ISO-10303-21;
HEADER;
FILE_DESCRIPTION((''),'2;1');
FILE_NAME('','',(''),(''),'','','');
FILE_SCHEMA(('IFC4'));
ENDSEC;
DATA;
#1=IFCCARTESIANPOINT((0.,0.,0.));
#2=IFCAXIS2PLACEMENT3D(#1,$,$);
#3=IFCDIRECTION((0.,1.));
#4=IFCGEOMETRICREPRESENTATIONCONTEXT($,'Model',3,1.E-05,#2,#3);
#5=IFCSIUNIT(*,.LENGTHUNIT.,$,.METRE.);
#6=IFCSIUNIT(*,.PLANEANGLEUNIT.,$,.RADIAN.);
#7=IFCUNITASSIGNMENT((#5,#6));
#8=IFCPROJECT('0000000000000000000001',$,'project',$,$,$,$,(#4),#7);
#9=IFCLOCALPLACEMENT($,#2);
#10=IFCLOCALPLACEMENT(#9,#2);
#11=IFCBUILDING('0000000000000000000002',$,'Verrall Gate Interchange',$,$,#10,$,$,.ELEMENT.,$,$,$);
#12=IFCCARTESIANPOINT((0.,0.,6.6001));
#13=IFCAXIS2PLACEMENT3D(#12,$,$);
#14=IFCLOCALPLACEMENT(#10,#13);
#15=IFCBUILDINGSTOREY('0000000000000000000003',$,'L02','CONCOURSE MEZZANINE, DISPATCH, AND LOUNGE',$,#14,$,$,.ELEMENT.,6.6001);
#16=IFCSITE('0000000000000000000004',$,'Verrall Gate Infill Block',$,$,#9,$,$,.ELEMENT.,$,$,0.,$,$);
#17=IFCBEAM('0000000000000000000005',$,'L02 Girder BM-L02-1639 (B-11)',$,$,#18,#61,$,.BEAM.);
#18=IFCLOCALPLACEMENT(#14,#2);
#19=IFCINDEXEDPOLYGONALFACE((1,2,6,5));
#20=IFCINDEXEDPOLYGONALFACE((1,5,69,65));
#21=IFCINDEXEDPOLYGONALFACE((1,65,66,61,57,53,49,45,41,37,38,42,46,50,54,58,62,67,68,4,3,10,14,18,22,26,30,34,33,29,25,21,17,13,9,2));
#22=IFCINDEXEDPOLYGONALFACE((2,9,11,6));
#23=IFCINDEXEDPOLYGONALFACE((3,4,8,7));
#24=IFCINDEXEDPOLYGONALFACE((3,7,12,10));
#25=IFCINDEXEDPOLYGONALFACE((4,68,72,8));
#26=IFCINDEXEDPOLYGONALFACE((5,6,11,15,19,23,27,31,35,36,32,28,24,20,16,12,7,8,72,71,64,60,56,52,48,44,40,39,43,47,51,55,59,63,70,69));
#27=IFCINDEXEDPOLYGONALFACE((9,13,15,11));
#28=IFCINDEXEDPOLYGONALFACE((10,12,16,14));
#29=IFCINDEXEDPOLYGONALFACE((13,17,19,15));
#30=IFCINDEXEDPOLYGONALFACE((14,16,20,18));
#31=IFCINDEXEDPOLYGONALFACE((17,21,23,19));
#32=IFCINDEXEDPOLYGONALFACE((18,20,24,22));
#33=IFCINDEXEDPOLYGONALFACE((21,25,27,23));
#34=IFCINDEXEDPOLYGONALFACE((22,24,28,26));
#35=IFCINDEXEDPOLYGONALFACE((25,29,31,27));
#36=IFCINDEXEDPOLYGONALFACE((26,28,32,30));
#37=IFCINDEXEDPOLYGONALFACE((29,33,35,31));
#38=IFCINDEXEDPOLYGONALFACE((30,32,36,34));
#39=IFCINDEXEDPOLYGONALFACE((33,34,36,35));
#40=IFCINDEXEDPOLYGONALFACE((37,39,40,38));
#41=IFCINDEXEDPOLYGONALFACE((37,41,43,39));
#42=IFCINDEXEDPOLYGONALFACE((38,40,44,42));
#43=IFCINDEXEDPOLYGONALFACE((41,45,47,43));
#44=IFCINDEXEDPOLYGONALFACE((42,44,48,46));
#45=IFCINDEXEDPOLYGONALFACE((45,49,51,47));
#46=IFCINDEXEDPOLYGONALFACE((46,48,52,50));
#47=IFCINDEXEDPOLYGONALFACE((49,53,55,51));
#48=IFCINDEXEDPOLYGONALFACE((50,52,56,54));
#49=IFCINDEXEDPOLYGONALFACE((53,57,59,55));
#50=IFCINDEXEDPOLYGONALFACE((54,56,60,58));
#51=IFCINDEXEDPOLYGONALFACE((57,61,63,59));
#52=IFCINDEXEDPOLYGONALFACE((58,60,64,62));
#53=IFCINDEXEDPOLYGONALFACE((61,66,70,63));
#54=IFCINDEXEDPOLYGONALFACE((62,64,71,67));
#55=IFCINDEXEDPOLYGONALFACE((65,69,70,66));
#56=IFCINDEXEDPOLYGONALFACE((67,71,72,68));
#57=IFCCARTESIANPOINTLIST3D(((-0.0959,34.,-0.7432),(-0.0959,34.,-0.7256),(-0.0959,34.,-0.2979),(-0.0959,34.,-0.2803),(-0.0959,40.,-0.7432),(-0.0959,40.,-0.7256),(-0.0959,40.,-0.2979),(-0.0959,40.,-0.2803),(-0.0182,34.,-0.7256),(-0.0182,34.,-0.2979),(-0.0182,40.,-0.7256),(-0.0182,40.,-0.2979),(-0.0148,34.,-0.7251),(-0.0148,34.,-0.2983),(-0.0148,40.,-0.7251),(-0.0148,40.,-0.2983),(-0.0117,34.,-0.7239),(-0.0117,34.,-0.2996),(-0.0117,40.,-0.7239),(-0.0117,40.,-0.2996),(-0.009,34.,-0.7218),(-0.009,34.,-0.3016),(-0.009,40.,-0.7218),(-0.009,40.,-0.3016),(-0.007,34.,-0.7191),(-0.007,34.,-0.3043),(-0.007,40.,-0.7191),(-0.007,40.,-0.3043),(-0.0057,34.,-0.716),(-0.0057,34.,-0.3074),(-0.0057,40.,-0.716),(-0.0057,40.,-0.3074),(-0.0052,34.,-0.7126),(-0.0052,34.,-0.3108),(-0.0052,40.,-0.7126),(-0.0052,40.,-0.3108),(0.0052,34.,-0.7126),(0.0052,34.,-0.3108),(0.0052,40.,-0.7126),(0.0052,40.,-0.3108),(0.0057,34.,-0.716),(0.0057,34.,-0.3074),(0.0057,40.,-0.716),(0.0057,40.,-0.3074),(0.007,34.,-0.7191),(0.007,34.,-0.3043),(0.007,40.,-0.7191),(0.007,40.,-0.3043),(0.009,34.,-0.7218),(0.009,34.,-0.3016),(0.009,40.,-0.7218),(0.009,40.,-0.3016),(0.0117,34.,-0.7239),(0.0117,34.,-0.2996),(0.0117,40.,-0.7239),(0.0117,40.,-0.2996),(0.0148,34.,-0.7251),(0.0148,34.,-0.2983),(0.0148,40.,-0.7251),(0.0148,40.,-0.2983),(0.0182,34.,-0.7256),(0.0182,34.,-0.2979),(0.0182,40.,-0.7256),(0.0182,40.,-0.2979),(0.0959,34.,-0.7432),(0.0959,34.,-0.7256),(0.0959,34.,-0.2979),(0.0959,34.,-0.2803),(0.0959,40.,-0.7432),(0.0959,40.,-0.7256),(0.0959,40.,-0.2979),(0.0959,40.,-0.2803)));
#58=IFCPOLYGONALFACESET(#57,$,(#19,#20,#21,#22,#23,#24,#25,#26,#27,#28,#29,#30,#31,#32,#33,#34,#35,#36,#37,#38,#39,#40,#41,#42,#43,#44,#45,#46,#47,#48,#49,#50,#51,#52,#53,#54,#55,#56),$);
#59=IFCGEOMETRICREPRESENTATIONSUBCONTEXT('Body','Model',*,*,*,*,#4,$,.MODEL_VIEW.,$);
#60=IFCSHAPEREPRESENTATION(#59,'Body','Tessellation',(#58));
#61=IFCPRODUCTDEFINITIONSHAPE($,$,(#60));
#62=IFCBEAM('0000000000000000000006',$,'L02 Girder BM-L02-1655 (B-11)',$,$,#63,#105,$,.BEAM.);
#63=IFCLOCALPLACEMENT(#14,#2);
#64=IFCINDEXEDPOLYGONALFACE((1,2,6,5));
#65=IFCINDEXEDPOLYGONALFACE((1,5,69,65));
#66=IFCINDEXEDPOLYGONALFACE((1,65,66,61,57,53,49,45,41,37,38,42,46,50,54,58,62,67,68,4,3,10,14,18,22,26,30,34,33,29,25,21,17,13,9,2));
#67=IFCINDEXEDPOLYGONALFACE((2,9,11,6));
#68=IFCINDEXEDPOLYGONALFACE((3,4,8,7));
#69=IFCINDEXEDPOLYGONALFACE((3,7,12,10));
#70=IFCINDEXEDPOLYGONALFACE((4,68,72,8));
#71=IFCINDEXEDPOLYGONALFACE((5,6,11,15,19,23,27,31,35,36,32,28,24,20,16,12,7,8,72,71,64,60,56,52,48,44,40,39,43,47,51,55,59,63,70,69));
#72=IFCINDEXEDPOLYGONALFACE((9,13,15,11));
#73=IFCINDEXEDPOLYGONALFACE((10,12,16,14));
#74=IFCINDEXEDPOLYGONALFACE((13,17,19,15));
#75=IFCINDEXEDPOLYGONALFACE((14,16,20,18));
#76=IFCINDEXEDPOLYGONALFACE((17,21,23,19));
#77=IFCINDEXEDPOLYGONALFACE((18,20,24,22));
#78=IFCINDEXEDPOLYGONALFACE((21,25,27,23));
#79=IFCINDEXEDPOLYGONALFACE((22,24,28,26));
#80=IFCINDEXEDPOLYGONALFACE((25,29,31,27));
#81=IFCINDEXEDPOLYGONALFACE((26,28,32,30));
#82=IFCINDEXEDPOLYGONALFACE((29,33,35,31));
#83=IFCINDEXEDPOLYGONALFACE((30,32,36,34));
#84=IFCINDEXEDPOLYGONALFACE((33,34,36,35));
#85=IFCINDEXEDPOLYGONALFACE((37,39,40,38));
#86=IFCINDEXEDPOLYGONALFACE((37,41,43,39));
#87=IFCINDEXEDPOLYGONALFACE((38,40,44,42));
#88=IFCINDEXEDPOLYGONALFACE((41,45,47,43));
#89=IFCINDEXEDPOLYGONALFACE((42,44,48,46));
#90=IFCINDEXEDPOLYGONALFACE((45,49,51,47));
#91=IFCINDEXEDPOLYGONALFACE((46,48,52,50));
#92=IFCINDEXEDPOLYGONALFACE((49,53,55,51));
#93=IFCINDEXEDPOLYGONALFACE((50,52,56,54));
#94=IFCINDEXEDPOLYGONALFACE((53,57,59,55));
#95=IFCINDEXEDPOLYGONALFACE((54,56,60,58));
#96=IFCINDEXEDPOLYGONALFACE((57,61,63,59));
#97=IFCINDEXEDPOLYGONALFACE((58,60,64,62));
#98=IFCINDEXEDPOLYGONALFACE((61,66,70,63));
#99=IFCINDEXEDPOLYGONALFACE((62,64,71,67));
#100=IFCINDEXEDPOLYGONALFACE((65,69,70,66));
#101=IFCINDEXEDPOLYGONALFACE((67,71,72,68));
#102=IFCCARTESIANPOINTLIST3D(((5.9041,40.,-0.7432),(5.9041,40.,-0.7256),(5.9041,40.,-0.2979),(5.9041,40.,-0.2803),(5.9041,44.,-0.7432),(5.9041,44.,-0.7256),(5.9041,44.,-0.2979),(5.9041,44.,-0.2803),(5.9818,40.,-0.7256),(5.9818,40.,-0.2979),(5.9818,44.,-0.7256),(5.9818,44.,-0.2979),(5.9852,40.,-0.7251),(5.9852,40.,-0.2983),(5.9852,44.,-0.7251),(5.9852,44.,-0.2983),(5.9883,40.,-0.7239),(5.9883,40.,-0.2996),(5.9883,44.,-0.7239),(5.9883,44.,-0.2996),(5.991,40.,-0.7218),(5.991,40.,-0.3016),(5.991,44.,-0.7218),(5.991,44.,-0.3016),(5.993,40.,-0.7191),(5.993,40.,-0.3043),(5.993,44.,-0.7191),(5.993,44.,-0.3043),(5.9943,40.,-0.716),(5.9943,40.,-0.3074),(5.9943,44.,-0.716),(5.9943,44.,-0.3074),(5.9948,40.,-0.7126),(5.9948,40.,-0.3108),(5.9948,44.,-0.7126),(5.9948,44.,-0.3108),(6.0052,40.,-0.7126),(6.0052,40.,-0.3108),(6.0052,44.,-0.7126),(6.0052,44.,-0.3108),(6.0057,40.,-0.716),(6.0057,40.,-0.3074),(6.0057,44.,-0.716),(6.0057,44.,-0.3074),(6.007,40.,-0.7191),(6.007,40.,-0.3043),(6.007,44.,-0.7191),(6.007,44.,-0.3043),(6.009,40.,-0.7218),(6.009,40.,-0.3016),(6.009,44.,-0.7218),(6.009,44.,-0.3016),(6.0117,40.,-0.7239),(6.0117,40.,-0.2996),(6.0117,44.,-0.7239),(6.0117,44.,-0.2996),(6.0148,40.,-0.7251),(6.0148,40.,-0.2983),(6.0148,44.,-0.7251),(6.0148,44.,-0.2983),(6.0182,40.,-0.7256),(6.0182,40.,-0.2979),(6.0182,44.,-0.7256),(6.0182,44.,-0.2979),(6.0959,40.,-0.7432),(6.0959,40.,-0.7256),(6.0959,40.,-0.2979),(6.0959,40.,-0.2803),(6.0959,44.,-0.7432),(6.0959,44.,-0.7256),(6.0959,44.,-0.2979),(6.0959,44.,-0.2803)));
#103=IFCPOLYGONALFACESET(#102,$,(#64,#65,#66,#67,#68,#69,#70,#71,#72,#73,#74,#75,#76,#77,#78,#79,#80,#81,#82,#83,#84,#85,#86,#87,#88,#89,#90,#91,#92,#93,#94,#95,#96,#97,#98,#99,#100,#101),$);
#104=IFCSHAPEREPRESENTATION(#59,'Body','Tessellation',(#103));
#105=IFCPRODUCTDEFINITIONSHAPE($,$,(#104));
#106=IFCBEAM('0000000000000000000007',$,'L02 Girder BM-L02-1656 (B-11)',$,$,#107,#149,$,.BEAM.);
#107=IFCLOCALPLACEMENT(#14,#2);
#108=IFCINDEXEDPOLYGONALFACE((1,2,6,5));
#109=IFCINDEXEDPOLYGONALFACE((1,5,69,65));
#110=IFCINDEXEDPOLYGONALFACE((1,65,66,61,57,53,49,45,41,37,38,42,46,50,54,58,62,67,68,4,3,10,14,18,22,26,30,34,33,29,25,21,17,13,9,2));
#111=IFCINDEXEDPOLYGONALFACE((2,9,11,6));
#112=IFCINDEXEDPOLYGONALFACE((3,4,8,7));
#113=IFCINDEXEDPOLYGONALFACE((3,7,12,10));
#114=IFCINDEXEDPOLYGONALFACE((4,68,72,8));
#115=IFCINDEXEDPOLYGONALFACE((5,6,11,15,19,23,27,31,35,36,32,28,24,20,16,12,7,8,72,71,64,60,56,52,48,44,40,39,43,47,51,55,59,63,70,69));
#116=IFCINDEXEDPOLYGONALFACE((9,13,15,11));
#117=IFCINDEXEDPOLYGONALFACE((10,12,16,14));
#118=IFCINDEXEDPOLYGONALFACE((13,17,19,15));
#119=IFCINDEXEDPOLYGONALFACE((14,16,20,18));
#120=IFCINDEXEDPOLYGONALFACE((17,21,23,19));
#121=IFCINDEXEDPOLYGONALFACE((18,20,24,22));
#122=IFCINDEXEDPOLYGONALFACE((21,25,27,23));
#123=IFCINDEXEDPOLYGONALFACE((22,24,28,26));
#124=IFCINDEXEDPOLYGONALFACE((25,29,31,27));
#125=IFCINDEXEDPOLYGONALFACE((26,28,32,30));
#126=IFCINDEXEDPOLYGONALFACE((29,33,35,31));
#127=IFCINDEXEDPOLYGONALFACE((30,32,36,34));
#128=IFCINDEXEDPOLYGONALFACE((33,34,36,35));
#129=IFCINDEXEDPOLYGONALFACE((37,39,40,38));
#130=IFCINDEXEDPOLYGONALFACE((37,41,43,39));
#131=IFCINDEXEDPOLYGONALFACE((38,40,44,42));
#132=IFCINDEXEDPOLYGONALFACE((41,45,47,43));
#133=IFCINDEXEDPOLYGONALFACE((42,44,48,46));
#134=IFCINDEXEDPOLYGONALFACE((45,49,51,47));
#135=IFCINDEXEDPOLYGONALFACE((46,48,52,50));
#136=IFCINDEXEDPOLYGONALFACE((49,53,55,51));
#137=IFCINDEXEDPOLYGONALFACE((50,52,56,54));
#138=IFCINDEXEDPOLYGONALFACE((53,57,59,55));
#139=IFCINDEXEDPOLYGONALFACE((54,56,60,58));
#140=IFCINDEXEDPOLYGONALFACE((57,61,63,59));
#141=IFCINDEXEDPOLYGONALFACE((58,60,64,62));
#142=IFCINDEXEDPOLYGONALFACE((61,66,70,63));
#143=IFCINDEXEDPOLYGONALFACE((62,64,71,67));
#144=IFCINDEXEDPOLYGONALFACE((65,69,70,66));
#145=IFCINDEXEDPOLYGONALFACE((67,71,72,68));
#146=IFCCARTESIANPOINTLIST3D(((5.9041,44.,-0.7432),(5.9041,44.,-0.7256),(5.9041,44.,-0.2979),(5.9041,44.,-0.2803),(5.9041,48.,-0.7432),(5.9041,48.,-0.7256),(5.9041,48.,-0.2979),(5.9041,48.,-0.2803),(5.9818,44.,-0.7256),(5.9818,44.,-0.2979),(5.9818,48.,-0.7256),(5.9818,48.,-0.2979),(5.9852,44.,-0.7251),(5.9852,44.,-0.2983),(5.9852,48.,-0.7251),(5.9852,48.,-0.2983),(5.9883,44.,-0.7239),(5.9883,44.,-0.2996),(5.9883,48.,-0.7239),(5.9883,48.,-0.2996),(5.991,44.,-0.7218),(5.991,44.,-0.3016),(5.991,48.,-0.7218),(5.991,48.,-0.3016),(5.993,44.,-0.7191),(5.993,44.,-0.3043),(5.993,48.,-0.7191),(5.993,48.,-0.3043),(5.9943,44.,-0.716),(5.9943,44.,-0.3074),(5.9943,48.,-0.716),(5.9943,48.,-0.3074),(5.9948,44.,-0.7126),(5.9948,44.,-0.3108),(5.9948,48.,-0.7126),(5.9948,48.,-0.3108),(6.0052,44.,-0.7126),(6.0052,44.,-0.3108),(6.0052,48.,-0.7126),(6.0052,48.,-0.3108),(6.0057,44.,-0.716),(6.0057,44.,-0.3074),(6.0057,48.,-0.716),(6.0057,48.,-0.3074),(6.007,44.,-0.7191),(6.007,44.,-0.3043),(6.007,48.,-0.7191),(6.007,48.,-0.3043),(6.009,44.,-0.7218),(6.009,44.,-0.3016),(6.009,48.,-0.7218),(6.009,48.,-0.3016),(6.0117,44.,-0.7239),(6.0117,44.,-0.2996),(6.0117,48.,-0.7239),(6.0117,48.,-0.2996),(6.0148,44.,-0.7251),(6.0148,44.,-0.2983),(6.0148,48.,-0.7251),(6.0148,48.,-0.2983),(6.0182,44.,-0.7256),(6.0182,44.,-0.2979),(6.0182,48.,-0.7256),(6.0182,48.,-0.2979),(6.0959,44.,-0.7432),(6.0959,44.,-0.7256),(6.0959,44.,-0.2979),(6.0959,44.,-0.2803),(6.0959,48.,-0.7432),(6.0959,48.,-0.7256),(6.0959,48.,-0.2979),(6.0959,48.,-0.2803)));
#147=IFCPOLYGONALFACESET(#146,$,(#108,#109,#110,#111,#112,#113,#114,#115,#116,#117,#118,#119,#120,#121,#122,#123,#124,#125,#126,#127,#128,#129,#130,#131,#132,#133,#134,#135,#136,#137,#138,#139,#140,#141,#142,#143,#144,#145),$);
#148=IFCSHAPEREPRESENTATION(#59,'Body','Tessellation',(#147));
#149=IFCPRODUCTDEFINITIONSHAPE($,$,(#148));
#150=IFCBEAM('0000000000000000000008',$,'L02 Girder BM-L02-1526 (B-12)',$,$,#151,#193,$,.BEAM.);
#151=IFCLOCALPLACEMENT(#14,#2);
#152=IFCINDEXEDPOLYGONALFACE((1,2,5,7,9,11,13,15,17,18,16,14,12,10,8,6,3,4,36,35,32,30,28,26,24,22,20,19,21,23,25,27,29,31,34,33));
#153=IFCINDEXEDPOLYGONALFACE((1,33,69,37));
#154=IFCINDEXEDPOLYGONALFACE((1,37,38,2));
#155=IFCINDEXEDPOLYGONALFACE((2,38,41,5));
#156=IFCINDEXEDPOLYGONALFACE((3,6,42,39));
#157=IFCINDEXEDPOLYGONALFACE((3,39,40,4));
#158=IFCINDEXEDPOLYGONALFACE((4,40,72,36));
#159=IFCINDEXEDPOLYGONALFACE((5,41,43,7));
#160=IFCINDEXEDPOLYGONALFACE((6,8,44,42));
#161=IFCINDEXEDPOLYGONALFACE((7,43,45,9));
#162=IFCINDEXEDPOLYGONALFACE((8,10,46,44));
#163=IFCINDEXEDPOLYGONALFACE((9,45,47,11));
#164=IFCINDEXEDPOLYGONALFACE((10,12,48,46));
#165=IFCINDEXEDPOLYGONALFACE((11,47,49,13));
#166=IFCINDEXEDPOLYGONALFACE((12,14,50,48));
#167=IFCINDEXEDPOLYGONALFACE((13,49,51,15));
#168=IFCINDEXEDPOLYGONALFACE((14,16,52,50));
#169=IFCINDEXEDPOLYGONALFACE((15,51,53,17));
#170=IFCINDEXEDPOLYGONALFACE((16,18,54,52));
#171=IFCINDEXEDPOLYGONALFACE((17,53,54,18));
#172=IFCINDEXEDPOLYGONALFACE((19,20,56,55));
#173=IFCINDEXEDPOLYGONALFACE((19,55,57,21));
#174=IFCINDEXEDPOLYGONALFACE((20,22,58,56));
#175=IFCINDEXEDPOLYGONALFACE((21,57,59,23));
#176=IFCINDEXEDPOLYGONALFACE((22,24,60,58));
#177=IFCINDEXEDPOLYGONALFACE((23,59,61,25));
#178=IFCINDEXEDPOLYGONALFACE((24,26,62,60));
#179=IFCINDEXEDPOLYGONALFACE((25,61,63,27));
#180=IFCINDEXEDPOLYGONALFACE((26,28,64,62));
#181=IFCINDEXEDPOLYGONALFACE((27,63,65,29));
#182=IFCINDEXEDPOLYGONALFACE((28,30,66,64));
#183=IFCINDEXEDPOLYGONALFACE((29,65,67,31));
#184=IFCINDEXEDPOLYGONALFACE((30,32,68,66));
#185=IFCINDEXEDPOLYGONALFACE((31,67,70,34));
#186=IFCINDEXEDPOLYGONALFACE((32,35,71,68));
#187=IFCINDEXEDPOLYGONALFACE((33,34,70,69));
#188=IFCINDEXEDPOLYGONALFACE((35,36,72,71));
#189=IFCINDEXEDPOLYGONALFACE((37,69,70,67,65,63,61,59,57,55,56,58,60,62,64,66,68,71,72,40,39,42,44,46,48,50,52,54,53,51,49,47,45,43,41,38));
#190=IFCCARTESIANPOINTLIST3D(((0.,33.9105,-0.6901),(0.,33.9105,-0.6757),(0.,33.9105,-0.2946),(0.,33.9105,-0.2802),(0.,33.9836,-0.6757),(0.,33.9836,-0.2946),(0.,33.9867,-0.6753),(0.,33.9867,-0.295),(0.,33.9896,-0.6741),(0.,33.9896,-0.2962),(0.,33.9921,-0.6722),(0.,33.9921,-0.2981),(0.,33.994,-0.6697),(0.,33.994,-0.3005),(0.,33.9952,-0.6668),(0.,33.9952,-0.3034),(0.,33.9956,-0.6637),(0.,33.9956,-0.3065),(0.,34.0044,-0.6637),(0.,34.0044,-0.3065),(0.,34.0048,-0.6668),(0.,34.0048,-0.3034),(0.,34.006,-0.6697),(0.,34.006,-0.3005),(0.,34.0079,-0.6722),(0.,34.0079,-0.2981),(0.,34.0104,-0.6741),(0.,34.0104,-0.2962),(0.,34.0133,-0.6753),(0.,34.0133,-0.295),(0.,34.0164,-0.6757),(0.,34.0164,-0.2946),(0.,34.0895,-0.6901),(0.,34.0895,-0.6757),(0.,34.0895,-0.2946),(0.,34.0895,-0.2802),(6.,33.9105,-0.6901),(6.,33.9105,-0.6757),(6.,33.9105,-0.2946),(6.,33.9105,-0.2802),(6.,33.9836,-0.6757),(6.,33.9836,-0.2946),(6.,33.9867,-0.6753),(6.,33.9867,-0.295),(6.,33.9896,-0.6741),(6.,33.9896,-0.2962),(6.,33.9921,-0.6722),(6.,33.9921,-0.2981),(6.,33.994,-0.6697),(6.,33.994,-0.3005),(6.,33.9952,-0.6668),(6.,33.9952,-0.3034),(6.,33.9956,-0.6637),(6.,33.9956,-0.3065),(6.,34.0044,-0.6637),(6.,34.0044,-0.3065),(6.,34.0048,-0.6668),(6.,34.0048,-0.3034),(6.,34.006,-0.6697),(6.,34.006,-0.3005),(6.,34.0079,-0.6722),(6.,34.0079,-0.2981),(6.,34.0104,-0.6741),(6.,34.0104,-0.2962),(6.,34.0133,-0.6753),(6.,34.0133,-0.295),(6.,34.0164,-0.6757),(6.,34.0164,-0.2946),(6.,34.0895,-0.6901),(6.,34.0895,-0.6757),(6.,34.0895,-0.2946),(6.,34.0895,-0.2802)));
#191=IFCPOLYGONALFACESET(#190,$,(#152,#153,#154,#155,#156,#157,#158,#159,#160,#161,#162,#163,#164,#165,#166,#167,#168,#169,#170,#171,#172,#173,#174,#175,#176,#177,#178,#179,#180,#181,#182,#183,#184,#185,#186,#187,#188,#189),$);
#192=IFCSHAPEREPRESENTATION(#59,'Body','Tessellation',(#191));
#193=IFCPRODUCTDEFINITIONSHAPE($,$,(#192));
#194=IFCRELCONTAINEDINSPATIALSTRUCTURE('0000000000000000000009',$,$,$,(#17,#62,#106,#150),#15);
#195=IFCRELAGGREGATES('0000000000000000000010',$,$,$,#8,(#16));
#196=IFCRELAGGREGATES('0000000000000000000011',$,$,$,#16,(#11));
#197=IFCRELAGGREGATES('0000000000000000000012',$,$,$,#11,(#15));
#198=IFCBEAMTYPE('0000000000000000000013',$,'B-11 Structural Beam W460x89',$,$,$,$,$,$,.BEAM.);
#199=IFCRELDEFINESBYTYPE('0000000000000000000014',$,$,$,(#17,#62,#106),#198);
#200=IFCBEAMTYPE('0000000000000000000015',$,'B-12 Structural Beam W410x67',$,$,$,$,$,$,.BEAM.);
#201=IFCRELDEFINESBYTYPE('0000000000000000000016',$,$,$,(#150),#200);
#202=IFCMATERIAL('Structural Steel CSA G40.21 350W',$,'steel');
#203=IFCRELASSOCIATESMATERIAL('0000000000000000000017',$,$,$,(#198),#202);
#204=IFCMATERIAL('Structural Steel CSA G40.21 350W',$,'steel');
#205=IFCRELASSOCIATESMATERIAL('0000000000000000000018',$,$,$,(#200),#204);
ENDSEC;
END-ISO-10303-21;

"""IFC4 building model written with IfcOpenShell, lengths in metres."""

from ifc_helpers import new_model, si_unit, direction, frame, origin, origin_2d, place, context, subcontext, project, spatial, i_section, extrude, material, material_profile, profile_set, type_object, element, save


model = new_model("IFC4")

# Units and contexts
model_context = context("Model", 3, precision=1e-05, world=origin(), true_north=direction((0.0, 1.0)))
body_context = subcontext(model_context, "Body", "Model", "MODEL_VIEW")
ifc_project = project(units=[si_unit("LENGTHUNIT", "METRE"), si_unit("PLANEANGLEUNIT", "RADIAN")], contexts=[model_context])

# Site, building, storey
site_placement = place(None, origin())
site = spatial("IfcSite", under=ifc_project, at=site_placement, Name="Verrall Gate Infill Block", CompositionType="ELEMENT", RefElevation=0.0)
building_placement = place(site_placement, origin())
building = spatial("IfcBuilding", under=site, at=building_placement, Name="Verrall Gate Interchange", CompositionType="ELEMENT")
storey_placement = place(building_placement, frame((0.0, 0.0, 6.6001)))
storey = spatial("IfcBuildingStorey", under=building, at=storey_placement, Name="L02", Description="CONCOURSE MEZZANINE, DISPATCH, AND LOUNGE", CompositionType="ELEMENT", Elevation=6.6001)

# Beams
ifc_material_1 = material(Name="Structural Steel CSA G40.21 350W", Category="steel")
ifc_material_profile_1 = material_profile(ifc_material_1, i_section(OverallWidth=0.1919, OverallDepth=0.4629, WebThickness=0.0105, FlangeThickness=0.0176, FilletRadius=0.0129, at=origin_2d()), Name="W460x89")
ifc_profile_set_1 = profile_set([ifc_material_profile_1], Name="Structural Steel CSA G40.21 350W")
beam_type_1 = type_object("IfcBeamType", Name="B-11 Structural Beam W460x89", PredefinedType="BEAM", material=ifc_profile_set_1)
beam_1_placement = place(storey_placement, frame((0.0, 34.0, -0.5117), z_axis=(0.0, 1.0, 0.0), x_axis=(-1.0, 0.0, 0.0)))
element("IfcBeam", 1, at=beam_1_placement, inside=storey, type_object=beam_type_1, Name="L02 Girder BM-L02-1639 (B-11)", PredefinedType="BEAM", context=body_context, shape_type="SweptSolid", body=[
    extrude(i_section(OverallWidth=0.1919, OverallDepth=0.4629, WebThickness=0.0105, FlangeThickness=0.0176, FilletRadius=0.0129, at=origin_2d()), origin(), (0.0, 0.0, 1.0), 6.0),
])
for number, where, z_axis, x_axis, name in (
    (2, (6.0, 40.0, -0.5117), (0.0, 1.0, 0.0), (-1.0, 0.0, 0.0), "L02 Girder BM-L02-1655 (B-11)"),
    (3, (6.0, 44.0, -0.5117), (0.0, 1.0, 0.0), (-1.0, 0.0, 0.0), "L02 Girder BM-L02-1656 (B-11)"),
):
    element("IfcBeam", number, at=place(storey_placement, frame(where, z_axis=z_axis, x_axis=x_axis)), inside=storey, type_object=beam_type_1, Name=name, PredefinedType="BEAM", context=body_context, shape_type="SweptSolid", body=[
        extrude(i_section(OverallWidth=0.1919, OverallDepth=0.4629, WebThickness=0.0105, FlangeThickness=0.0176, FilletRadius=0.0129, at=origin_2d()), origin(), (0.0, 0.0, 1.0), 4.0),
    ])
ifc_material_2 = material(Name="Structural Steel CSA G40.21 350W", Category="steel")
ifc_material_profile_2 = material_profile(ifc_material_2, i_section(OverallWidth=0.179, OverallDepth=0.4099, WebThickness=0.0088, FlangeThickness=0.0144, FilletRadius=0.012, at=origin_2d()), Name="W410x67")
ifc_profile_set_2 = profile_set([ifc_material_profile_2], Name="Structural Steel CSA G40.21 350W")
beam_type_2 = type_object("IfcBeamType", Name="B-12 Structural Beam W410x67", PredefinedType="BEAM", material=ifc_profile_set_2)
for number, where, z_axis, x_axis, name in (
    (4, (0.0, 34.0, -0.4851), (1.0, 0.0, 0.0), (0.0, 1.0, 0.0), "L02 Girder BM-L02-1526 (B-12)"),
):
    element("IfcBeam", number, at=place(storey_placement, frame(where, z_axis=z_axis, x_axis=x_axis)), inside=storey, type_object=beam_type_2, Name=name, PredefinedType="BEAM", context=body_context, shape_type="SweptSolid", body=[
        extrude(i_section(OverallWidth=0.179, OverallDepth=0.4099, WebThickness=0.0088, FlangeThickness=0.0144, FilletRadius=0.012, at=origin_2d()), origin(), (0.0, 0.0, 1.0), 6.0),
    ])

save(model, "model.ifc")
